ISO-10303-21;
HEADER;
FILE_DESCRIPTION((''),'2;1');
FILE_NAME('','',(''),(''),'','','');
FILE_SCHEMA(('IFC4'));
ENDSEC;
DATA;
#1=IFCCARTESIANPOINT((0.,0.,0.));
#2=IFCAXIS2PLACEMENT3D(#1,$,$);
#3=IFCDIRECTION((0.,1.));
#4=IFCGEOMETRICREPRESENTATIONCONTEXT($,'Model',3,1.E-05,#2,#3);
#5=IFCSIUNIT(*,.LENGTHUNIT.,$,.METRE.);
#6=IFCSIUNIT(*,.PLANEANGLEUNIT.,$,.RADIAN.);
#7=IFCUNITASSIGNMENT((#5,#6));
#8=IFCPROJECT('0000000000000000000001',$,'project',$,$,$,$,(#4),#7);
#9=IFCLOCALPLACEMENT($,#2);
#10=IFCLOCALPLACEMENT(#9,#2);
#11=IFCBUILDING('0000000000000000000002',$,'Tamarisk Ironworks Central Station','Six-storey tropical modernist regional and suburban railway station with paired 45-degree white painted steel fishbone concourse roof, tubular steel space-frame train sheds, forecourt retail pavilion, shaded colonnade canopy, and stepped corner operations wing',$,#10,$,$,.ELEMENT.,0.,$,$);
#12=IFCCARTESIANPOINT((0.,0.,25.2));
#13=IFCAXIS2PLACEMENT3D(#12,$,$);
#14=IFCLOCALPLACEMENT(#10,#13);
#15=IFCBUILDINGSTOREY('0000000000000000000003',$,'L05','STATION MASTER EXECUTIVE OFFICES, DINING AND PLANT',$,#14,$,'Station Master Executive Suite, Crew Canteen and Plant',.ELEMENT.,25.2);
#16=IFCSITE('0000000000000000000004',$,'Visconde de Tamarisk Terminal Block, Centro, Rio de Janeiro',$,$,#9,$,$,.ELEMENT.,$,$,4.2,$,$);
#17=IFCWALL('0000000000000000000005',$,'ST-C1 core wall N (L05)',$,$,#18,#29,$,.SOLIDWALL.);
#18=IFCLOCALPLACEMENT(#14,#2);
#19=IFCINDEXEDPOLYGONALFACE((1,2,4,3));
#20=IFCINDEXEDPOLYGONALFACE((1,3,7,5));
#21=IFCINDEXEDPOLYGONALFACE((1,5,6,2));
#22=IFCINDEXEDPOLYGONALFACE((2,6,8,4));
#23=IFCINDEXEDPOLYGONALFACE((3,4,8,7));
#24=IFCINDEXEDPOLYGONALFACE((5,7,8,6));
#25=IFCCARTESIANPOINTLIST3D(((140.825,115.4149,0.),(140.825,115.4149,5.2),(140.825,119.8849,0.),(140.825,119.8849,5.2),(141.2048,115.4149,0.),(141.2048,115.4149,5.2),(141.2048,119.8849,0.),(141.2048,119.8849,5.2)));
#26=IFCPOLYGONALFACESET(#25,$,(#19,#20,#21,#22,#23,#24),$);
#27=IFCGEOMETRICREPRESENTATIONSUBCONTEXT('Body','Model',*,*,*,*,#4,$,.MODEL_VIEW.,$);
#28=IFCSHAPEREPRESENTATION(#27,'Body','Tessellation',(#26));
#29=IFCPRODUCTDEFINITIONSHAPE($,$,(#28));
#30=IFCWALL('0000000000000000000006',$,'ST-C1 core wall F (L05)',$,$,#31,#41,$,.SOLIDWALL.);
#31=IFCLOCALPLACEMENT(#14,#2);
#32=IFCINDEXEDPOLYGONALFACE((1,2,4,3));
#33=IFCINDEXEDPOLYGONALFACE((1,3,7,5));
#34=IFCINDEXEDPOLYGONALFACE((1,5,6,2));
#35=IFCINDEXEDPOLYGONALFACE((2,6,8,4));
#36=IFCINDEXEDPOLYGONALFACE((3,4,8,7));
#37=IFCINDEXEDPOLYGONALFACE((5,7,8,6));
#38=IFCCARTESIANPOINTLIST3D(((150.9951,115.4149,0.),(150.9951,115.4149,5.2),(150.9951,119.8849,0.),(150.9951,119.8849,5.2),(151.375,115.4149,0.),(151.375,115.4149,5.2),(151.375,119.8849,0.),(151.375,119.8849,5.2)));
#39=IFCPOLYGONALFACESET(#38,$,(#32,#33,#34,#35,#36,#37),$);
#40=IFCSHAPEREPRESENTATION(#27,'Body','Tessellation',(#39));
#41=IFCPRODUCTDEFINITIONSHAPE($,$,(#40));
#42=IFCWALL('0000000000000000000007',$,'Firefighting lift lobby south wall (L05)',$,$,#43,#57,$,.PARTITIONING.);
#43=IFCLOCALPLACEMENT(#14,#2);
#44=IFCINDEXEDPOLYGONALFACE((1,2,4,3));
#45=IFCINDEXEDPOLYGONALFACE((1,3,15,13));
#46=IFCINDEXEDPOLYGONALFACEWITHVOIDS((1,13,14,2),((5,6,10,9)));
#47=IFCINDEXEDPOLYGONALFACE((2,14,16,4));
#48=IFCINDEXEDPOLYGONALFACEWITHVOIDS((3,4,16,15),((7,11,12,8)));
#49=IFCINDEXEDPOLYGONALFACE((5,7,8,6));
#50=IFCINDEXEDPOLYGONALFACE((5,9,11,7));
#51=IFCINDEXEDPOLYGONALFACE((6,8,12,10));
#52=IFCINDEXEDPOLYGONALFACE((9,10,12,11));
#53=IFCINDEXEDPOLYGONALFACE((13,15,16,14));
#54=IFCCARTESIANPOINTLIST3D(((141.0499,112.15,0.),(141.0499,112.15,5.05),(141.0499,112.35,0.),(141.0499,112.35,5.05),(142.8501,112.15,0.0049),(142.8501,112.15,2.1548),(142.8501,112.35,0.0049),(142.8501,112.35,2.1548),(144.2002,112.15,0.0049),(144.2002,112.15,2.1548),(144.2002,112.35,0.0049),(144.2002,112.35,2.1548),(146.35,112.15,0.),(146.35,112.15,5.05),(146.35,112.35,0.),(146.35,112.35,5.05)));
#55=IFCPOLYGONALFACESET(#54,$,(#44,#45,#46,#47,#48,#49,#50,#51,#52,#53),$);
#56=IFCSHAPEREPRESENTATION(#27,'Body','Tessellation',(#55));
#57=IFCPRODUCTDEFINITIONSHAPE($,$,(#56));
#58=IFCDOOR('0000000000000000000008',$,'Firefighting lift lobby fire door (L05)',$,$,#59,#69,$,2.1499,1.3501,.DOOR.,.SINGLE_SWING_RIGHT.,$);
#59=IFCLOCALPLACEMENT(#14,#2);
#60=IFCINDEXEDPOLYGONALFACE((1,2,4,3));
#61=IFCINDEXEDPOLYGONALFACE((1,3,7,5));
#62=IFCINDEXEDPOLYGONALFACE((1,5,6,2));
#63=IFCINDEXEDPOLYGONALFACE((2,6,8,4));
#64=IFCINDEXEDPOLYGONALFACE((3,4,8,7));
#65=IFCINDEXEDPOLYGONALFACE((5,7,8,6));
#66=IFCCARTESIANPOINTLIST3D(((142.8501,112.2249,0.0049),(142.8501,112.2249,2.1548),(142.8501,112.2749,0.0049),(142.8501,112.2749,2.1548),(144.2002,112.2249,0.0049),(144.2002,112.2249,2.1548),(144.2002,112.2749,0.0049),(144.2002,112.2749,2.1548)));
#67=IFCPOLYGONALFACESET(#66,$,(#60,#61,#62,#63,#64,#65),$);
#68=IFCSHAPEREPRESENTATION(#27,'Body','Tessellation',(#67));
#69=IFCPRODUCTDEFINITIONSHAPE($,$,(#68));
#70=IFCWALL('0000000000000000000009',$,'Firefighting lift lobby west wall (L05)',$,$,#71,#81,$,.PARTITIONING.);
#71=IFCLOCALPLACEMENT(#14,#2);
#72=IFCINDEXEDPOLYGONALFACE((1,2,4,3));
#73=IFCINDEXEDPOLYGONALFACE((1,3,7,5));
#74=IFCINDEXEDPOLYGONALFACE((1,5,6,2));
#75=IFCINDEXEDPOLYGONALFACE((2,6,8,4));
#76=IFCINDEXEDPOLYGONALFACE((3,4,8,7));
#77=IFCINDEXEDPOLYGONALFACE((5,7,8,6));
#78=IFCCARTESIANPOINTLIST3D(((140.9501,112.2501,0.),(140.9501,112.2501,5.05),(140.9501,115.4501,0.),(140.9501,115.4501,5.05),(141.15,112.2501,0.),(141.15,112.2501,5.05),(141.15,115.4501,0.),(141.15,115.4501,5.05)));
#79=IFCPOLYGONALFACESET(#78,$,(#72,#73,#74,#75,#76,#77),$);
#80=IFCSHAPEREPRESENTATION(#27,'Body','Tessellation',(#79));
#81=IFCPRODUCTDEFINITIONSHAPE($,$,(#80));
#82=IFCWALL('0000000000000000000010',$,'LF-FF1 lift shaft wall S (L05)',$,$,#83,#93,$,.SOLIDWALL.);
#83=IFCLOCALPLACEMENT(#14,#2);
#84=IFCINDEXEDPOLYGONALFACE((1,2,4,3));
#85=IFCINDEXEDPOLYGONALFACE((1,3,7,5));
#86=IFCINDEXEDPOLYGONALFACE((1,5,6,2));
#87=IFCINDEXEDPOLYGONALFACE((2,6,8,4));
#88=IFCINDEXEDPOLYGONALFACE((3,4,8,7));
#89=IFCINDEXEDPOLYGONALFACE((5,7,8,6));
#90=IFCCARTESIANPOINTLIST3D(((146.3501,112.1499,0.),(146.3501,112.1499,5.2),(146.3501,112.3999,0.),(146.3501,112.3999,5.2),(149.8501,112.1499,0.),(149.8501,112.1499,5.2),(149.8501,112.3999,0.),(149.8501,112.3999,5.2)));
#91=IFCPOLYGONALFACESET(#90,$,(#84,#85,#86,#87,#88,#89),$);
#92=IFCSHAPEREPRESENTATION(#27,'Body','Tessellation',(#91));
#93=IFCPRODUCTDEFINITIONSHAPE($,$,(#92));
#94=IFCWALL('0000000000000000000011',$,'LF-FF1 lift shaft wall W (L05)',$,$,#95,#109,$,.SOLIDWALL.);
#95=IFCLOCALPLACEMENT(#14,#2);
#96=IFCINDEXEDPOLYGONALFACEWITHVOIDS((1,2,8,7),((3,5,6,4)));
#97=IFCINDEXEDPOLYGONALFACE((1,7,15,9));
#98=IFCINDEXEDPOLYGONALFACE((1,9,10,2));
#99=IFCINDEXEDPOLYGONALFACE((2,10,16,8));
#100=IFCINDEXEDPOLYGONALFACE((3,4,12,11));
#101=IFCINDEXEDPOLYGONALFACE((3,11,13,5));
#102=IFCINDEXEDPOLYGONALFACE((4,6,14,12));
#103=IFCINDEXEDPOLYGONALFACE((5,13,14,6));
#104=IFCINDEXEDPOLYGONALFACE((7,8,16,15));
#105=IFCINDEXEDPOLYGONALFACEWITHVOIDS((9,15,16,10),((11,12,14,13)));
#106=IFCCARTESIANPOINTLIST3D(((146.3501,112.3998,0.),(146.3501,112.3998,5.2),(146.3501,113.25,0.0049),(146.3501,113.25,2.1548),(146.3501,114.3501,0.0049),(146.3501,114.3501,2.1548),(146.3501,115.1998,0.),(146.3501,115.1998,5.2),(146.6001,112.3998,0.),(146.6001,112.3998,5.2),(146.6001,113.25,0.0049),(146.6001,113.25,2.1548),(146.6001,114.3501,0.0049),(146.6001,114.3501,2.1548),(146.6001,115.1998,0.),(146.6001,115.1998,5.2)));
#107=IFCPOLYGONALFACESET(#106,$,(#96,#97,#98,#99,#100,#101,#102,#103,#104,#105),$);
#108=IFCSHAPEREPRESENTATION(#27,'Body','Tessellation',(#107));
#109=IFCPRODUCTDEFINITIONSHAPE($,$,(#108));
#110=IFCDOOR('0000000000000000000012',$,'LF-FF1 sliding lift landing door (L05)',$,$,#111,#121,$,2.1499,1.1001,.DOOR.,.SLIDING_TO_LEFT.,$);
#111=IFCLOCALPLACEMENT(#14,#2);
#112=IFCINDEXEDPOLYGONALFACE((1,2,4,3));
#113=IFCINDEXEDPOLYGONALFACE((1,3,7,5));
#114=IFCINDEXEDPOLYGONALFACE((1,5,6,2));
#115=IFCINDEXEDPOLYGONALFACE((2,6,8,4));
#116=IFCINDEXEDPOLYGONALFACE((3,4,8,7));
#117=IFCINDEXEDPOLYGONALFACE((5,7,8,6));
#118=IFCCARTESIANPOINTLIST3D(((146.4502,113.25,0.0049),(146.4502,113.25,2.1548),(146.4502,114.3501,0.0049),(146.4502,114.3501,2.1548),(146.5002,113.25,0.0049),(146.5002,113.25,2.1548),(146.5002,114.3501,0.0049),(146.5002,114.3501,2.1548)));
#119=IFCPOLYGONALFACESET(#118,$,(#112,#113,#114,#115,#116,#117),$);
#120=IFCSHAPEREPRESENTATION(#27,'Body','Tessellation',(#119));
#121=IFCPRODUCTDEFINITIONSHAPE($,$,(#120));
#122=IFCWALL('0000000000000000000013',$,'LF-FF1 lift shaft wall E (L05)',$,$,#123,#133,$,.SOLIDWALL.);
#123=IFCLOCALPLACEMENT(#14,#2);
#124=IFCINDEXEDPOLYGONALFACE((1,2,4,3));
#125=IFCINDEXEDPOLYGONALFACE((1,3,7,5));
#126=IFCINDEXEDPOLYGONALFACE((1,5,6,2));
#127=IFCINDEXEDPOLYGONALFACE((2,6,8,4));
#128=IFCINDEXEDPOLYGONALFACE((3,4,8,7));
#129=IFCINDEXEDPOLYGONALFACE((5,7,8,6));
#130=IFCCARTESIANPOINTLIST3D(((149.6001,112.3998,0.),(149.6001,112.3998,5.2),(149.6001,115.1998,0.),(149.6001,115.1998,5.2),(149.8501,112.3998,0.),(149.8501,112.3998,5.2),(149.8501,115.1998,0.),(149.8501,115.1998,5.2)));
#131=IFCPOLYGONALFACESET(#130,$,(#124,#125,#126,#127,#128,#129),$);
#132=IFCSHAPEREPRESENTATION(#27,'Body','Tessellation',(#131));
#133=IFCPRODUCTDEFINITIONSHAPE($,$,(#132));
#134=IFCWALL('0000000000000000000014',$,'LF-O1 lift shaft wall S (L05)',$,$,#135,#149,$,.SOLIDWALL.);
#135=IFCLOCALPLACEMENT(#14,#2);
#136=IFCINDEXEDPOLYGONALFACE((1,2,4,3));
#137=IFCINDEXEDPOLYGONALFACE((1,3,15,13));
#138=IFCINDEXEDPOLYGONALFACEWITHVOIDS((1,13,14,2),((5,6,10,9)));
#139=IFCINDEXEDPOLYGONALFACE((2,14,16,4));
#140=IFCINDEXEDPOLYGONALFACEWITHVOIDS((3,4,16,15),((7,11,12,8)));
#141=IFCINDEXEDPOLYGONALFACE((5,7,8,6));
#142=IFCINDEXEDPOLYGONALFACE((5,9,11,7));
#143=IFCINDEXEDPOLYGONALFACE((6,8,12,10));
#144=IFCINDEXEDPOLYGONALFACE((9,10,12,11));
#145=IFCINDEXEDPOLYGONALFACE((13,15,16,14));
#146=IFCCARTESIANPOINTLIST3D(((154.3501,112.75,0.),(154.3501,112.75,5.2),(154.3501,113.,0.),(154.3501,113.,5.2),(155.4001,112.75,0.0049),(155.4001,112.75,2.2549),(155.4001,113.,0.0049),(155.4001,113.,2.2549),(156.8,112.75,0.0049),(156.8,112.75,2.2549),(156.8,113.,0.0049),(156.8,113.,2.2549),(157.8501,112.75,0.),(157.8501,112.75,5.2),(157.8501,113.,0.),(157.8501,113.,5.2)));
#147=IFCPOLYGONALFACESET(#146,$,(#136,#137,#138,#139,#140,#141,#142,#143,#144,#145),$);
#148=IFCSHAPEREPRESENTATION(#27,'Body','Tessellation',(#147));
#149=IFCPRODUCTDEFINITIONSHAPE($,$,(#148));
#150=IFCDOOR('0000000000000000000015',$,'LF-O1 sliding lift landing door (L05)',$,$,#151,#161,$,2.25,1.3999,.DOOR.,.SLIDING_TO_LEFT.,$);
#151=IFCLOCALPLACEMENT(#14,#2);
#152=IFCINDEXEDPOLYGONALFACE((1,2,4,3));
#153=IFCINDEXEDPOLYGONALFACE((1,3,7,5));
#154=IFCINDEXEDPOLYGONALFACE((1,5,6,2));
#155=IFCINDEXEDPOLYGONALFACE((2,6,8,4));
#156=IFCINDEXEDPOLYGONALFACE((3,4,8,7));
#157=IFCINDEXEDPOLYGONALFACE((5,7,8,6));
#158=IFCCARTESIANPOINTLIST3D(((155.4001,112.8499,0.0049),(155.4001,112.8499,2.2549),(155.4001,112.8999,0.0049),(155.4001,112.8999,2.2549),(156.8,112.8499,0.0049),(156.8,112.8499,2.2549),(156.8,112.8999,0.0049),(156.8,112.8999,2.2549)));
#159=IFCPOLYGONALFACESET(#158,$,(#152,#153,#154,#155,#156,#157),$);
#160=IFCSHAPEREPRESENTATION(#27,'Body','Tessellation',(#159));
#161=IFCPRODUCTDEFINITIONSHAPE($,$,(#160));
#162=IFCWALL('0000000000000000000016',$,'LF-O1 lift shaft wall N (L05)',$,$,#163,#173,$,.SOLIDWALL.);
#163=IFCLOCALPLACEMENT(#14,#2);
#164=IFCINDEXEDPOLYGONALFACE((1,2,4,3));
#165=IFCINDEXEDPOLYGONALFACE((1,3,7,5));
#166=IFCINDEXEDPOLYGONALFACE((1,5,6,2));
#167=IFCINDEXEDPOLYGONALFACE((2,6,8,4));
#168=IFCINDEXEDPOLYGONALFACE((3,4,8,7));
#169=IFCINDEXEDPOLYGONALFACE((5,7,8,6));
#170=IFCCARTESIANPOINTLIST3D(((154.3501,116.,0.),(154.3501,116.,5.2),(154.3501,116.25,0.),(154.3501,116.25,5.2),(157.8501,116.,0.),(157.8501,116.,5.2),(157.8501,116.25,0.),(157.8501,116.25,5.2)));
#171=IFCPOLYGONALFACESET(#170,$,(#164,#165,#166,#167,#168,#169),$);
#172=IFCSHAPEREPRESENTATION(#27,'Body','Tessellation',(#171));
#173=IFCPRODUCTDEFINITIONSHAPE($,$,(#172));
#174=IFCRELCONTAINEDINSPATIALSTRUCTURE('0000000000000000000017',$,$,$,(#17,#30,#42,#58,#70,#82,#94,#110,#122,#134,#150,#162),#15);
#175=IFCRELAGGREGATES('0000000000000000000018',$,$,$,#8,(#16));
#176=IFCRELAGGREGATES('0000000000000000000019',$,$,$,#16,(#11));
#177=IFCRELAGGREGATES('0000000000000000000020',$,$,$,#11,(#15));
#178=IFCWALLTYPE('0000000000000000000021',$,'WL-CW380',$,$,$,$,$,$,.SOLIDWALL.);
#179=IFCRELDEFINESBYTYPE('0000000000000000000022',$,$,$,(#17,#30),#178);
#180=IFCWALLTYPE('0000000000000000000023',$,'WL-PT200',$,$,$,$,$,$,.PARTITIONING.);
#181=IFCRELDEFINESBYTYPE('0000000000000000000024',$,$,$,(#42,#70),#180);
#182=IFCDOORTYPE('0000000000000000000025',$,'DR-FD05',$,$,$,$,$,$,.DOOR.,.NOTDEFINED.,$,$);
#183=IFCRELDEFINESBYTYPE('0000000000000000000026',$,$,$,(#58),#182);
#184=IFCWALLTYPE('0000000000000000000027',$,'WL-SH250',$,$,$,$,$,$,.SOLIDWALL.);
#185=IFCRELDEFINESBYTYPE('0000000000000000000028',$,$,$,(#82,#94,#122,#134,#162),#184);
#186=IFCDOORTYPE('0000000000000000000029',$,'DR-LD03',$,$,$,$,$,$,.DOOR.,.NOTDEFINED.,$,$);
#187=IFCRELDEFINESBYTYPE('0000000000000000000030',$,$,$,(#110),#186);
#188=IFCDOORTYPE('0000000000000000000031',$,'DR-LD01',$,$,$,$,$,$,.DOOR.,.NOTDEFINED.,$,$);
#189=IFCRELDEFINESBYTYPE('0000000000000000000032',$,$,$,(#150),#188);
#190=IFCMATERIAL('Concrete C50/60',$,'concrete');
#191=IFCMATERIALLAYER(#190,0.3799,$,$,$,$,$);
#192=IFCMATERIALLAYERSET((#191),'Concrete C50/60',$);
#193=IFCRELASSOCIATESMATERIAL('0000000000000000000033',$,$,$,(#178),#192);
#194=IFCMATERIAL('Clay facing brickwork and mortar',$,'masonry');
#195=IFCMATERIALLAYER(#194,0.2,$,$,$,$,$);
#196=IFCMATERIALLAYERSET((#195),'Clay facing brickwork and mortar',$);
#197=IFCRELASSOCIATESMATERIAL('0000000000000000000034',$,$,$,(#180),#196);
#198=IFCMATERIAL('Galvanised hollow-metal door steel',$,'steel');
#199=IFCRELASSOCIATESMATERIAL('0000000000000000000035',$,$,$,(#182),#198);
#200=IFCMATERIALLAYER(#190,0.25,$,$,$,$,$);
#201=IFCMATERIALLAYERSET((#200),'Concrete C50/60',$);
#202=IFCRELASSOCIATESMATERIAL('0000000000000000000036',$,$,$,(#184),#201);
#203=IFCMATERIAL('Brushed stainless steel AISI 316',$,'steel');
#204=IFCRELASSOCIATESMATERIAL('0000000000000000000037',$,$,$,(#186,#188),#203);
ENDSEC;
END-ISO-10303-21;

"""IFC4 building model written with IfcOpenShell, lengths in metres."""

from ifc_helpers import new_model, si_unit, direction, frame, frame_2d, origin, place, context, subcontext, project, spatial, rectangle, extrude, material, layer, layer_set, type_object, element, fill, save


model = new_model("IFC4")

# Units and contexts
model_context = context("Model", 3, precision=1e-05, world=origin(), true_north=direction((0.0, 1.0)))
body_context = subcontext(model_context, "Body", "Model", "MODEL_VIEW")
ifc_project = project(units=[si_unit("LENGTHUNIT", "METRE"), si_unit("PLANEANGLEUNIT", "RADIAN")], contexts=[model_context])

# Site, building, storey
site_placement = place(None, origin())
site = spatial("IfcSite", under=ifc_project, at=site_placement, Name="Visconde de Tamarisk Terminal Block, Centro, Rio de Janeiro", CompositionType="ELEMENT", RefElevation=4.2)
building_placement = place(site_placement, origin())
building = spatial("IfcBuilding", under=site, at=building_placement, Name="Tamarisk Ironworks Central Station", Description="Six-storey tropical modernist regional and suburban railway station with paired 45-degree white painted steel fishbone concourse roof, tubular steel space-frame train sheds, forecourt retail pavilion, shaded colonnade canopy, and stepped corner operations wing", CompositionType="ELEMENT", ElevationOfRefHeight=0.0)
storey_placement = place(building_placement, frame((0.0, 0.0, 25.2)))
storey = spatial("IfcBuildingStorey", under=building, at=storey_placement, Name="L05", Description="STATION MASTER EXECUTIVE OFFICES, DINING AND PLANT", LongName="Station Master Executive Suite, Crew Canteen and Plant", CompositionType="ELEMENT", Elevation=25.2)

# Shared definitions
ifc_material_1 = material(Name="Concrete C50/60", Category="concrete")
ifc_layer_1 = layer(ifc_material_1, 0.3799)
ifc_layer_set_1 = layer_set([ifc_layer_1], Name="Concrete C50/60")
wall_type_1 = type_object("IfcWallType", Name="WL-CW380", PredefinedType="SOLIDWALL", material=ifc_layer_set_1)
ifc_material_2 = material(Name="Galvanised hollow-metal door steel", Category="steel")

# Walls
for number, where, z_axis, x_axis, name in (
    (1, (141.0149, 115.415, 0.0), (0.0, 0.0, 1.0), (0.0, 1.0, 0.0), "ST-C1 core wall N (L05)"),
    (2, (151.1851, 115.415, 0.0), (0.0, 0.0, 1.0), (0.0, 1.0, 0.0), "ST-C1 core wall F (L05)"),
):
    element("IfcWall", number, at=place(storey_placement, frame(where, z_axis=z_axis, x_axis=x_axis)), inside=storey, type_object=wall_type_1, Name=name, PredefinedType="SOLIDWALL", context=body_context, shape_type="SweptSolid", body=[
        extrude(rectangle(XDim=4.47, YDim=0.3799, at=frame_2d((2.2349, 0.0))), origin(), (0.0, 0.0, 1.0), 5.2),
    ])

# Wall, opening, door
ifc_material_3 = material(Name="Clay facing brickwork and mortar", Category="masonry")
ifc_layer_2 = layer(ifc_material_3, 0.2)
ifc_layer_set_2 = layer_set([ifc_layer_2], Name="Clay facing brickwork and mortar")
wall_type_2 = type_object("IfcWallType", Name="WL-PT200", PredefinedType="PARTITIONING", material=ifc_layer_set_2)
wall_1_placement = place(storey_placement, frame((141.05, 112.25, 0.0), z_axis=(0.0, 0.0, 1.0), x_axis=(1.0, 0.0, 0.0)))
wall_1 = element("IfcWall", 3, at=wall_1_placement, inside=storey, type_object=wall_type_2, Name="Firefighting lift lobby south wall (L05)", PredefinedType="PARTITIONING", context=body_context, shape_type="SweptSolid", body=[
    extrude(rectangle(XDim=5.3, YDim=0.2, at=frame_2d((2.6499, 0.0))), origin(), (0.0, 0.0, 1.0), 5.05),
])
opening_1_placement = place(wall_1_placement, frame((1.8, 0.0, 0.0049)))
opening_1 = element("IfcOpeningElement", 4, at=opening_1_placement, cuts=wall_1, PredefinedType="OPENING", context=body_context, shape_type="SweptSolid", body=[
    extrude(rectangle(XDim=1.3501, YDim=2.1499, at=frame_2d((0.675, 1.075))), frame((0.0, 0.1118, 0.0), z_axis=(0.0, -1.0, 0.0), x_axis=(1.0, 0.0, 0.0)), (0.0, 0.0, 1.0), 0.2239),
])
door_type_1 = type_object("IfcDoorType", Name="DR-FD05", OperationType="NOTDEFINED", PredefinedType="DOOR", material=ifc_material_2)
door_1_placement = place(opening_1_placement, origin())
door_1 = element("IfcDoor", 5, at=door_1_placement, inside=storey, type_object=door_type_1, Name="Firefighting lift lobby fire door (L05)", OperationType="SINGLE_SWING_RIGHT", OverallHeight=2.1499, OverallWidth=1.3501, PredefinedType="DOOR", context=body_context, shape_type="SweptSolid", body=[
    extrude(rectangle(XDim=1.3501, YDim=2.1499, at=frame_2d((0.675, 1.075))), frame((0.0, 0.0249, 0.0), z_axis=(0.0, -1.0, 0.0), x_axis=(1.0, 0.0, 0.0)), (0.0, 0.0, 1.0), 0.05),
])
fill(opening_1, door_1)

# Walls
wall_2_placement = place(storey_placement, frame((141.05, 112.25, 0.0), z_axis=(0.0, 0.0, 1.0), x_axis=(0.0, 1.0, 0.0)))
element("IfcWall", 6, at=wall_2_placement, inside=storey, type_object=wall_type_2, Name="Firefighting lift lobby west wall (L05)", PredefinedType="PARTITIONING", context=body_context, shape_type="SweptSolid", body=[
    extrude(rectangle(XDim=3.2, YDim=0.2, at=frame_2d((1.6001, 0.0))), origin(), (0.0, 0.0, 1.0), 5.05),
])
ifc_layer_3 = layer(ifc_material_1, 0.25)
ifc_layer_set_3 = layer_set([ifc_layer_3], Name="Concrete C50/60")
wall_type_3 = type_object("IfcWallType", Name="WL-SH250", PredefinedType="SOLIDWALL", material=ifc_layer_set_3)
wall_3_placement = place(storey_placement, frame((146.3501, 112.2749, 0.0), z_axis=(0.0, 0.0, 1.0), x_axis=(1.0, 0.0, 0.0)))
element("IfcWall", 7, at=wall_3_placement, inside=storey, type_object=wall_type_3, Name="LF-FF1 lift shaft wall S (L05)", PredefinedType="SOLIDWALL", context=body_context, shape_type="SweptSolid", body=[
    extrude(rectangle(XDim=3.5, YDim=0.25, at=frame_2d((1.75, 0.0))), origin(), (0.0, 0.0, 1.0), 5.2),
])

# Wall, opening, door
wall_4_placement = place(storey_placement, frame((146.4751, 112.3999, 0.0), z_axis=(0.0, 0.0, 1.0), x_axis=(0.0, 1.0, 0.0)))
wall_4 = element("IfcWall", 8, at=wall_4_placement, inside=storey, type_object=wall_type_3, Name="LF-FF1 lift shaft wall W (L05)", PredefinedType="SOLIDWALL", context=body_context, shape_type="SweptSolid", body=[
    extrude(rectangle(XDim=2.8, YDim=0.25, at=frame_2d((1.3999, 0.0))), origin(), (0.0, 0.0, 1.0), 5.2),
])
opening_2_placement = place(wall_4_placement, frame((0.8501, 0.0, 0.0049)))
opening_2 = element("IfcOpeningElement", 9, at=opening_2_placement, cuts=wall_4, PredefinedType="OPENING", context=body_context, shape_type="SweptSolid", body=[
    extrude(rectangle(XDim=1.1001, YDim=2.1499, at=frame_2d((0.55, 1.075))), frame((0.0, 0.137, 0.0), z_axis=(0.0, -1.0, 0.0), x_axis=(1.0, 0.0, 0.0)), (0.0, 0.0, 1.0), 0.2739),
])
ifc_material_4 = material(Name="Brushed stainless steel AISI 316", Category="steel")
door_type_2 = type_object("IfcDoorType", Name="DR-LD03", OperationType="NOTDEFINED", PredefinedType="DOOR", material=ifc_material_4)
door_2_placement = place(opening_2_placement, origin())
door_2 = element("IfcDoor", 10, at=door_2_placement, inside=storey, type_object=door_type_2, Name="LF-FF1 sliding lift landing door (L05)", OperationType="SLIDING_TO_LEFT", OverallHeight=2.1499, OverallWidth=1.1001, PredefinedType="DOOR", context=body_context, shape_type="SweptSolid", body=[
    extrude(rectangle(XDim=1.1001, YDim=2.1499, at=frame_2d((0.55, 1.075))), frame((0.0, 0.0249, 0.0), z_axis=(0.0, -1.0, 0.0), x_axis=(1.0, 0.0, 0.0)), (0.0, 0.0, 1.0), 0.05),
])
fill(opening_2, door_2)

# Wall
wall_5_placement = place(storey_placement, frame((149.7251, 112.3999, 0.0), z_axis=(0.0, 0.0, 1.0), x_axis=(0.0, 1.0, 0.0)))
element("IfcWall", 11, at=wall_5_placement, inside=storey, type_object=wall_type_3, Name="LF-FF1 lift shaft wall E (L05)", PredefinedType="SOLIDWALL", context=body_context, shape_type="SweptSolid", body=[
    extrude(rectangle(XDim=2.8, YDim=0.25, at=frame_2d((1.3999, 0.0))), origin(), (0.0, 0.0, 1.0), 5.2),
])

# Wall, opening, door
wall_6_placement = place(storey_placement, frame((154.3501, 112.875, 0.0), z_axis=(0.0, 0.0, 1.0), x_axis=(1.0, 0.0, 0.0)))
wall_6 = element("IfcWall", 12, at=wall_6_placement, inside=storey, type_object=wall_type_3, Name="LF-O1 lift shaft wall S (L05)", PredefinedType="SOLIDWALL", context=body_context, shape_type="SweptSolid", body=[
    extrude(rectangle(XDim=3.5, YDim=0.25, at=frame_2d((1.75, 0.0))), origin(), (0.0, 0.0, 1.0), 5.2),
])
opening_3_placement = place(wall_6_placement, frame((1.05, 0.0, 0.0049)))
opening_3 = element("IfcOpeningElement", 13, at=opening_3_placement, cuts=wall_6, PredefinedType="OPENING", context=body_context, shape_type="SweptSolid", body=[
    extrude(rectangle(XDim=1.3999, YDim=2.25, at=frame_2d((0.7, 1.125))), frame((0.0, 0.137, 0.0), z_axis=(0.0, -1.0, 0.0), x_axis=(1.0, 0.0, 0.0)), (0.0, 0.0, 1.0), 0.2739),
])
door_type_3 = type_object("IfcDoorType", Name="DR-LD01", OperationType="NOTDEFINED", PredefinedType="DOOR", material=ifc_material_4)
door_3_placement = place(opening_3_placement, origin())
door_3 = element("IfcDoor", 14, at=door_3_placement, inside=storey, type_object=door_type_3, Name="LF-O1 sliding lift landing door (L05)", OperationType="SLIDING_TO_LEFT", OverallHeight=2.25, OverallWidth=1.3999, PredefinedType="DOOR", context=body_context, shape_type="SweptSolid", body=[
    extrude(rectangle(XDim=1.3999, YDim=2.25, at=frame_2d((0.7, 1.125))), frame((0.0, 0.0249, 0.0), z_axis=(0.0, -1.0, 0.0), x_axis=(1.0, 0.0, 0.0)), (0.0, 0.0, 1.0), 0.05),
])
fill(opening_3, door_3)

# Wall
wall_7_placement = place(storey_placement, frame((154.3501, 116.125, 0.0), z_axis=(0.0, 0.0, 1.0), x_axis=(1.0, 0.0, 0.0)))
element("IfcWall", 15, at=wall_7_placement, inside=storey, type_object=wall_type_3, Name="LF-O1 lift shaft wall N (L05)", PredefinedType="SOLIDWALL", context=body_context, shape_type="SweptSolid", body=[
    extrude(rectangle(XDim=3.5, YDim=0.25, at=frame_2d((1.75, 0.0))), origin(), (0.0, 0.0, 1.0), 5.2),
])

save(model, "model.ifc")
